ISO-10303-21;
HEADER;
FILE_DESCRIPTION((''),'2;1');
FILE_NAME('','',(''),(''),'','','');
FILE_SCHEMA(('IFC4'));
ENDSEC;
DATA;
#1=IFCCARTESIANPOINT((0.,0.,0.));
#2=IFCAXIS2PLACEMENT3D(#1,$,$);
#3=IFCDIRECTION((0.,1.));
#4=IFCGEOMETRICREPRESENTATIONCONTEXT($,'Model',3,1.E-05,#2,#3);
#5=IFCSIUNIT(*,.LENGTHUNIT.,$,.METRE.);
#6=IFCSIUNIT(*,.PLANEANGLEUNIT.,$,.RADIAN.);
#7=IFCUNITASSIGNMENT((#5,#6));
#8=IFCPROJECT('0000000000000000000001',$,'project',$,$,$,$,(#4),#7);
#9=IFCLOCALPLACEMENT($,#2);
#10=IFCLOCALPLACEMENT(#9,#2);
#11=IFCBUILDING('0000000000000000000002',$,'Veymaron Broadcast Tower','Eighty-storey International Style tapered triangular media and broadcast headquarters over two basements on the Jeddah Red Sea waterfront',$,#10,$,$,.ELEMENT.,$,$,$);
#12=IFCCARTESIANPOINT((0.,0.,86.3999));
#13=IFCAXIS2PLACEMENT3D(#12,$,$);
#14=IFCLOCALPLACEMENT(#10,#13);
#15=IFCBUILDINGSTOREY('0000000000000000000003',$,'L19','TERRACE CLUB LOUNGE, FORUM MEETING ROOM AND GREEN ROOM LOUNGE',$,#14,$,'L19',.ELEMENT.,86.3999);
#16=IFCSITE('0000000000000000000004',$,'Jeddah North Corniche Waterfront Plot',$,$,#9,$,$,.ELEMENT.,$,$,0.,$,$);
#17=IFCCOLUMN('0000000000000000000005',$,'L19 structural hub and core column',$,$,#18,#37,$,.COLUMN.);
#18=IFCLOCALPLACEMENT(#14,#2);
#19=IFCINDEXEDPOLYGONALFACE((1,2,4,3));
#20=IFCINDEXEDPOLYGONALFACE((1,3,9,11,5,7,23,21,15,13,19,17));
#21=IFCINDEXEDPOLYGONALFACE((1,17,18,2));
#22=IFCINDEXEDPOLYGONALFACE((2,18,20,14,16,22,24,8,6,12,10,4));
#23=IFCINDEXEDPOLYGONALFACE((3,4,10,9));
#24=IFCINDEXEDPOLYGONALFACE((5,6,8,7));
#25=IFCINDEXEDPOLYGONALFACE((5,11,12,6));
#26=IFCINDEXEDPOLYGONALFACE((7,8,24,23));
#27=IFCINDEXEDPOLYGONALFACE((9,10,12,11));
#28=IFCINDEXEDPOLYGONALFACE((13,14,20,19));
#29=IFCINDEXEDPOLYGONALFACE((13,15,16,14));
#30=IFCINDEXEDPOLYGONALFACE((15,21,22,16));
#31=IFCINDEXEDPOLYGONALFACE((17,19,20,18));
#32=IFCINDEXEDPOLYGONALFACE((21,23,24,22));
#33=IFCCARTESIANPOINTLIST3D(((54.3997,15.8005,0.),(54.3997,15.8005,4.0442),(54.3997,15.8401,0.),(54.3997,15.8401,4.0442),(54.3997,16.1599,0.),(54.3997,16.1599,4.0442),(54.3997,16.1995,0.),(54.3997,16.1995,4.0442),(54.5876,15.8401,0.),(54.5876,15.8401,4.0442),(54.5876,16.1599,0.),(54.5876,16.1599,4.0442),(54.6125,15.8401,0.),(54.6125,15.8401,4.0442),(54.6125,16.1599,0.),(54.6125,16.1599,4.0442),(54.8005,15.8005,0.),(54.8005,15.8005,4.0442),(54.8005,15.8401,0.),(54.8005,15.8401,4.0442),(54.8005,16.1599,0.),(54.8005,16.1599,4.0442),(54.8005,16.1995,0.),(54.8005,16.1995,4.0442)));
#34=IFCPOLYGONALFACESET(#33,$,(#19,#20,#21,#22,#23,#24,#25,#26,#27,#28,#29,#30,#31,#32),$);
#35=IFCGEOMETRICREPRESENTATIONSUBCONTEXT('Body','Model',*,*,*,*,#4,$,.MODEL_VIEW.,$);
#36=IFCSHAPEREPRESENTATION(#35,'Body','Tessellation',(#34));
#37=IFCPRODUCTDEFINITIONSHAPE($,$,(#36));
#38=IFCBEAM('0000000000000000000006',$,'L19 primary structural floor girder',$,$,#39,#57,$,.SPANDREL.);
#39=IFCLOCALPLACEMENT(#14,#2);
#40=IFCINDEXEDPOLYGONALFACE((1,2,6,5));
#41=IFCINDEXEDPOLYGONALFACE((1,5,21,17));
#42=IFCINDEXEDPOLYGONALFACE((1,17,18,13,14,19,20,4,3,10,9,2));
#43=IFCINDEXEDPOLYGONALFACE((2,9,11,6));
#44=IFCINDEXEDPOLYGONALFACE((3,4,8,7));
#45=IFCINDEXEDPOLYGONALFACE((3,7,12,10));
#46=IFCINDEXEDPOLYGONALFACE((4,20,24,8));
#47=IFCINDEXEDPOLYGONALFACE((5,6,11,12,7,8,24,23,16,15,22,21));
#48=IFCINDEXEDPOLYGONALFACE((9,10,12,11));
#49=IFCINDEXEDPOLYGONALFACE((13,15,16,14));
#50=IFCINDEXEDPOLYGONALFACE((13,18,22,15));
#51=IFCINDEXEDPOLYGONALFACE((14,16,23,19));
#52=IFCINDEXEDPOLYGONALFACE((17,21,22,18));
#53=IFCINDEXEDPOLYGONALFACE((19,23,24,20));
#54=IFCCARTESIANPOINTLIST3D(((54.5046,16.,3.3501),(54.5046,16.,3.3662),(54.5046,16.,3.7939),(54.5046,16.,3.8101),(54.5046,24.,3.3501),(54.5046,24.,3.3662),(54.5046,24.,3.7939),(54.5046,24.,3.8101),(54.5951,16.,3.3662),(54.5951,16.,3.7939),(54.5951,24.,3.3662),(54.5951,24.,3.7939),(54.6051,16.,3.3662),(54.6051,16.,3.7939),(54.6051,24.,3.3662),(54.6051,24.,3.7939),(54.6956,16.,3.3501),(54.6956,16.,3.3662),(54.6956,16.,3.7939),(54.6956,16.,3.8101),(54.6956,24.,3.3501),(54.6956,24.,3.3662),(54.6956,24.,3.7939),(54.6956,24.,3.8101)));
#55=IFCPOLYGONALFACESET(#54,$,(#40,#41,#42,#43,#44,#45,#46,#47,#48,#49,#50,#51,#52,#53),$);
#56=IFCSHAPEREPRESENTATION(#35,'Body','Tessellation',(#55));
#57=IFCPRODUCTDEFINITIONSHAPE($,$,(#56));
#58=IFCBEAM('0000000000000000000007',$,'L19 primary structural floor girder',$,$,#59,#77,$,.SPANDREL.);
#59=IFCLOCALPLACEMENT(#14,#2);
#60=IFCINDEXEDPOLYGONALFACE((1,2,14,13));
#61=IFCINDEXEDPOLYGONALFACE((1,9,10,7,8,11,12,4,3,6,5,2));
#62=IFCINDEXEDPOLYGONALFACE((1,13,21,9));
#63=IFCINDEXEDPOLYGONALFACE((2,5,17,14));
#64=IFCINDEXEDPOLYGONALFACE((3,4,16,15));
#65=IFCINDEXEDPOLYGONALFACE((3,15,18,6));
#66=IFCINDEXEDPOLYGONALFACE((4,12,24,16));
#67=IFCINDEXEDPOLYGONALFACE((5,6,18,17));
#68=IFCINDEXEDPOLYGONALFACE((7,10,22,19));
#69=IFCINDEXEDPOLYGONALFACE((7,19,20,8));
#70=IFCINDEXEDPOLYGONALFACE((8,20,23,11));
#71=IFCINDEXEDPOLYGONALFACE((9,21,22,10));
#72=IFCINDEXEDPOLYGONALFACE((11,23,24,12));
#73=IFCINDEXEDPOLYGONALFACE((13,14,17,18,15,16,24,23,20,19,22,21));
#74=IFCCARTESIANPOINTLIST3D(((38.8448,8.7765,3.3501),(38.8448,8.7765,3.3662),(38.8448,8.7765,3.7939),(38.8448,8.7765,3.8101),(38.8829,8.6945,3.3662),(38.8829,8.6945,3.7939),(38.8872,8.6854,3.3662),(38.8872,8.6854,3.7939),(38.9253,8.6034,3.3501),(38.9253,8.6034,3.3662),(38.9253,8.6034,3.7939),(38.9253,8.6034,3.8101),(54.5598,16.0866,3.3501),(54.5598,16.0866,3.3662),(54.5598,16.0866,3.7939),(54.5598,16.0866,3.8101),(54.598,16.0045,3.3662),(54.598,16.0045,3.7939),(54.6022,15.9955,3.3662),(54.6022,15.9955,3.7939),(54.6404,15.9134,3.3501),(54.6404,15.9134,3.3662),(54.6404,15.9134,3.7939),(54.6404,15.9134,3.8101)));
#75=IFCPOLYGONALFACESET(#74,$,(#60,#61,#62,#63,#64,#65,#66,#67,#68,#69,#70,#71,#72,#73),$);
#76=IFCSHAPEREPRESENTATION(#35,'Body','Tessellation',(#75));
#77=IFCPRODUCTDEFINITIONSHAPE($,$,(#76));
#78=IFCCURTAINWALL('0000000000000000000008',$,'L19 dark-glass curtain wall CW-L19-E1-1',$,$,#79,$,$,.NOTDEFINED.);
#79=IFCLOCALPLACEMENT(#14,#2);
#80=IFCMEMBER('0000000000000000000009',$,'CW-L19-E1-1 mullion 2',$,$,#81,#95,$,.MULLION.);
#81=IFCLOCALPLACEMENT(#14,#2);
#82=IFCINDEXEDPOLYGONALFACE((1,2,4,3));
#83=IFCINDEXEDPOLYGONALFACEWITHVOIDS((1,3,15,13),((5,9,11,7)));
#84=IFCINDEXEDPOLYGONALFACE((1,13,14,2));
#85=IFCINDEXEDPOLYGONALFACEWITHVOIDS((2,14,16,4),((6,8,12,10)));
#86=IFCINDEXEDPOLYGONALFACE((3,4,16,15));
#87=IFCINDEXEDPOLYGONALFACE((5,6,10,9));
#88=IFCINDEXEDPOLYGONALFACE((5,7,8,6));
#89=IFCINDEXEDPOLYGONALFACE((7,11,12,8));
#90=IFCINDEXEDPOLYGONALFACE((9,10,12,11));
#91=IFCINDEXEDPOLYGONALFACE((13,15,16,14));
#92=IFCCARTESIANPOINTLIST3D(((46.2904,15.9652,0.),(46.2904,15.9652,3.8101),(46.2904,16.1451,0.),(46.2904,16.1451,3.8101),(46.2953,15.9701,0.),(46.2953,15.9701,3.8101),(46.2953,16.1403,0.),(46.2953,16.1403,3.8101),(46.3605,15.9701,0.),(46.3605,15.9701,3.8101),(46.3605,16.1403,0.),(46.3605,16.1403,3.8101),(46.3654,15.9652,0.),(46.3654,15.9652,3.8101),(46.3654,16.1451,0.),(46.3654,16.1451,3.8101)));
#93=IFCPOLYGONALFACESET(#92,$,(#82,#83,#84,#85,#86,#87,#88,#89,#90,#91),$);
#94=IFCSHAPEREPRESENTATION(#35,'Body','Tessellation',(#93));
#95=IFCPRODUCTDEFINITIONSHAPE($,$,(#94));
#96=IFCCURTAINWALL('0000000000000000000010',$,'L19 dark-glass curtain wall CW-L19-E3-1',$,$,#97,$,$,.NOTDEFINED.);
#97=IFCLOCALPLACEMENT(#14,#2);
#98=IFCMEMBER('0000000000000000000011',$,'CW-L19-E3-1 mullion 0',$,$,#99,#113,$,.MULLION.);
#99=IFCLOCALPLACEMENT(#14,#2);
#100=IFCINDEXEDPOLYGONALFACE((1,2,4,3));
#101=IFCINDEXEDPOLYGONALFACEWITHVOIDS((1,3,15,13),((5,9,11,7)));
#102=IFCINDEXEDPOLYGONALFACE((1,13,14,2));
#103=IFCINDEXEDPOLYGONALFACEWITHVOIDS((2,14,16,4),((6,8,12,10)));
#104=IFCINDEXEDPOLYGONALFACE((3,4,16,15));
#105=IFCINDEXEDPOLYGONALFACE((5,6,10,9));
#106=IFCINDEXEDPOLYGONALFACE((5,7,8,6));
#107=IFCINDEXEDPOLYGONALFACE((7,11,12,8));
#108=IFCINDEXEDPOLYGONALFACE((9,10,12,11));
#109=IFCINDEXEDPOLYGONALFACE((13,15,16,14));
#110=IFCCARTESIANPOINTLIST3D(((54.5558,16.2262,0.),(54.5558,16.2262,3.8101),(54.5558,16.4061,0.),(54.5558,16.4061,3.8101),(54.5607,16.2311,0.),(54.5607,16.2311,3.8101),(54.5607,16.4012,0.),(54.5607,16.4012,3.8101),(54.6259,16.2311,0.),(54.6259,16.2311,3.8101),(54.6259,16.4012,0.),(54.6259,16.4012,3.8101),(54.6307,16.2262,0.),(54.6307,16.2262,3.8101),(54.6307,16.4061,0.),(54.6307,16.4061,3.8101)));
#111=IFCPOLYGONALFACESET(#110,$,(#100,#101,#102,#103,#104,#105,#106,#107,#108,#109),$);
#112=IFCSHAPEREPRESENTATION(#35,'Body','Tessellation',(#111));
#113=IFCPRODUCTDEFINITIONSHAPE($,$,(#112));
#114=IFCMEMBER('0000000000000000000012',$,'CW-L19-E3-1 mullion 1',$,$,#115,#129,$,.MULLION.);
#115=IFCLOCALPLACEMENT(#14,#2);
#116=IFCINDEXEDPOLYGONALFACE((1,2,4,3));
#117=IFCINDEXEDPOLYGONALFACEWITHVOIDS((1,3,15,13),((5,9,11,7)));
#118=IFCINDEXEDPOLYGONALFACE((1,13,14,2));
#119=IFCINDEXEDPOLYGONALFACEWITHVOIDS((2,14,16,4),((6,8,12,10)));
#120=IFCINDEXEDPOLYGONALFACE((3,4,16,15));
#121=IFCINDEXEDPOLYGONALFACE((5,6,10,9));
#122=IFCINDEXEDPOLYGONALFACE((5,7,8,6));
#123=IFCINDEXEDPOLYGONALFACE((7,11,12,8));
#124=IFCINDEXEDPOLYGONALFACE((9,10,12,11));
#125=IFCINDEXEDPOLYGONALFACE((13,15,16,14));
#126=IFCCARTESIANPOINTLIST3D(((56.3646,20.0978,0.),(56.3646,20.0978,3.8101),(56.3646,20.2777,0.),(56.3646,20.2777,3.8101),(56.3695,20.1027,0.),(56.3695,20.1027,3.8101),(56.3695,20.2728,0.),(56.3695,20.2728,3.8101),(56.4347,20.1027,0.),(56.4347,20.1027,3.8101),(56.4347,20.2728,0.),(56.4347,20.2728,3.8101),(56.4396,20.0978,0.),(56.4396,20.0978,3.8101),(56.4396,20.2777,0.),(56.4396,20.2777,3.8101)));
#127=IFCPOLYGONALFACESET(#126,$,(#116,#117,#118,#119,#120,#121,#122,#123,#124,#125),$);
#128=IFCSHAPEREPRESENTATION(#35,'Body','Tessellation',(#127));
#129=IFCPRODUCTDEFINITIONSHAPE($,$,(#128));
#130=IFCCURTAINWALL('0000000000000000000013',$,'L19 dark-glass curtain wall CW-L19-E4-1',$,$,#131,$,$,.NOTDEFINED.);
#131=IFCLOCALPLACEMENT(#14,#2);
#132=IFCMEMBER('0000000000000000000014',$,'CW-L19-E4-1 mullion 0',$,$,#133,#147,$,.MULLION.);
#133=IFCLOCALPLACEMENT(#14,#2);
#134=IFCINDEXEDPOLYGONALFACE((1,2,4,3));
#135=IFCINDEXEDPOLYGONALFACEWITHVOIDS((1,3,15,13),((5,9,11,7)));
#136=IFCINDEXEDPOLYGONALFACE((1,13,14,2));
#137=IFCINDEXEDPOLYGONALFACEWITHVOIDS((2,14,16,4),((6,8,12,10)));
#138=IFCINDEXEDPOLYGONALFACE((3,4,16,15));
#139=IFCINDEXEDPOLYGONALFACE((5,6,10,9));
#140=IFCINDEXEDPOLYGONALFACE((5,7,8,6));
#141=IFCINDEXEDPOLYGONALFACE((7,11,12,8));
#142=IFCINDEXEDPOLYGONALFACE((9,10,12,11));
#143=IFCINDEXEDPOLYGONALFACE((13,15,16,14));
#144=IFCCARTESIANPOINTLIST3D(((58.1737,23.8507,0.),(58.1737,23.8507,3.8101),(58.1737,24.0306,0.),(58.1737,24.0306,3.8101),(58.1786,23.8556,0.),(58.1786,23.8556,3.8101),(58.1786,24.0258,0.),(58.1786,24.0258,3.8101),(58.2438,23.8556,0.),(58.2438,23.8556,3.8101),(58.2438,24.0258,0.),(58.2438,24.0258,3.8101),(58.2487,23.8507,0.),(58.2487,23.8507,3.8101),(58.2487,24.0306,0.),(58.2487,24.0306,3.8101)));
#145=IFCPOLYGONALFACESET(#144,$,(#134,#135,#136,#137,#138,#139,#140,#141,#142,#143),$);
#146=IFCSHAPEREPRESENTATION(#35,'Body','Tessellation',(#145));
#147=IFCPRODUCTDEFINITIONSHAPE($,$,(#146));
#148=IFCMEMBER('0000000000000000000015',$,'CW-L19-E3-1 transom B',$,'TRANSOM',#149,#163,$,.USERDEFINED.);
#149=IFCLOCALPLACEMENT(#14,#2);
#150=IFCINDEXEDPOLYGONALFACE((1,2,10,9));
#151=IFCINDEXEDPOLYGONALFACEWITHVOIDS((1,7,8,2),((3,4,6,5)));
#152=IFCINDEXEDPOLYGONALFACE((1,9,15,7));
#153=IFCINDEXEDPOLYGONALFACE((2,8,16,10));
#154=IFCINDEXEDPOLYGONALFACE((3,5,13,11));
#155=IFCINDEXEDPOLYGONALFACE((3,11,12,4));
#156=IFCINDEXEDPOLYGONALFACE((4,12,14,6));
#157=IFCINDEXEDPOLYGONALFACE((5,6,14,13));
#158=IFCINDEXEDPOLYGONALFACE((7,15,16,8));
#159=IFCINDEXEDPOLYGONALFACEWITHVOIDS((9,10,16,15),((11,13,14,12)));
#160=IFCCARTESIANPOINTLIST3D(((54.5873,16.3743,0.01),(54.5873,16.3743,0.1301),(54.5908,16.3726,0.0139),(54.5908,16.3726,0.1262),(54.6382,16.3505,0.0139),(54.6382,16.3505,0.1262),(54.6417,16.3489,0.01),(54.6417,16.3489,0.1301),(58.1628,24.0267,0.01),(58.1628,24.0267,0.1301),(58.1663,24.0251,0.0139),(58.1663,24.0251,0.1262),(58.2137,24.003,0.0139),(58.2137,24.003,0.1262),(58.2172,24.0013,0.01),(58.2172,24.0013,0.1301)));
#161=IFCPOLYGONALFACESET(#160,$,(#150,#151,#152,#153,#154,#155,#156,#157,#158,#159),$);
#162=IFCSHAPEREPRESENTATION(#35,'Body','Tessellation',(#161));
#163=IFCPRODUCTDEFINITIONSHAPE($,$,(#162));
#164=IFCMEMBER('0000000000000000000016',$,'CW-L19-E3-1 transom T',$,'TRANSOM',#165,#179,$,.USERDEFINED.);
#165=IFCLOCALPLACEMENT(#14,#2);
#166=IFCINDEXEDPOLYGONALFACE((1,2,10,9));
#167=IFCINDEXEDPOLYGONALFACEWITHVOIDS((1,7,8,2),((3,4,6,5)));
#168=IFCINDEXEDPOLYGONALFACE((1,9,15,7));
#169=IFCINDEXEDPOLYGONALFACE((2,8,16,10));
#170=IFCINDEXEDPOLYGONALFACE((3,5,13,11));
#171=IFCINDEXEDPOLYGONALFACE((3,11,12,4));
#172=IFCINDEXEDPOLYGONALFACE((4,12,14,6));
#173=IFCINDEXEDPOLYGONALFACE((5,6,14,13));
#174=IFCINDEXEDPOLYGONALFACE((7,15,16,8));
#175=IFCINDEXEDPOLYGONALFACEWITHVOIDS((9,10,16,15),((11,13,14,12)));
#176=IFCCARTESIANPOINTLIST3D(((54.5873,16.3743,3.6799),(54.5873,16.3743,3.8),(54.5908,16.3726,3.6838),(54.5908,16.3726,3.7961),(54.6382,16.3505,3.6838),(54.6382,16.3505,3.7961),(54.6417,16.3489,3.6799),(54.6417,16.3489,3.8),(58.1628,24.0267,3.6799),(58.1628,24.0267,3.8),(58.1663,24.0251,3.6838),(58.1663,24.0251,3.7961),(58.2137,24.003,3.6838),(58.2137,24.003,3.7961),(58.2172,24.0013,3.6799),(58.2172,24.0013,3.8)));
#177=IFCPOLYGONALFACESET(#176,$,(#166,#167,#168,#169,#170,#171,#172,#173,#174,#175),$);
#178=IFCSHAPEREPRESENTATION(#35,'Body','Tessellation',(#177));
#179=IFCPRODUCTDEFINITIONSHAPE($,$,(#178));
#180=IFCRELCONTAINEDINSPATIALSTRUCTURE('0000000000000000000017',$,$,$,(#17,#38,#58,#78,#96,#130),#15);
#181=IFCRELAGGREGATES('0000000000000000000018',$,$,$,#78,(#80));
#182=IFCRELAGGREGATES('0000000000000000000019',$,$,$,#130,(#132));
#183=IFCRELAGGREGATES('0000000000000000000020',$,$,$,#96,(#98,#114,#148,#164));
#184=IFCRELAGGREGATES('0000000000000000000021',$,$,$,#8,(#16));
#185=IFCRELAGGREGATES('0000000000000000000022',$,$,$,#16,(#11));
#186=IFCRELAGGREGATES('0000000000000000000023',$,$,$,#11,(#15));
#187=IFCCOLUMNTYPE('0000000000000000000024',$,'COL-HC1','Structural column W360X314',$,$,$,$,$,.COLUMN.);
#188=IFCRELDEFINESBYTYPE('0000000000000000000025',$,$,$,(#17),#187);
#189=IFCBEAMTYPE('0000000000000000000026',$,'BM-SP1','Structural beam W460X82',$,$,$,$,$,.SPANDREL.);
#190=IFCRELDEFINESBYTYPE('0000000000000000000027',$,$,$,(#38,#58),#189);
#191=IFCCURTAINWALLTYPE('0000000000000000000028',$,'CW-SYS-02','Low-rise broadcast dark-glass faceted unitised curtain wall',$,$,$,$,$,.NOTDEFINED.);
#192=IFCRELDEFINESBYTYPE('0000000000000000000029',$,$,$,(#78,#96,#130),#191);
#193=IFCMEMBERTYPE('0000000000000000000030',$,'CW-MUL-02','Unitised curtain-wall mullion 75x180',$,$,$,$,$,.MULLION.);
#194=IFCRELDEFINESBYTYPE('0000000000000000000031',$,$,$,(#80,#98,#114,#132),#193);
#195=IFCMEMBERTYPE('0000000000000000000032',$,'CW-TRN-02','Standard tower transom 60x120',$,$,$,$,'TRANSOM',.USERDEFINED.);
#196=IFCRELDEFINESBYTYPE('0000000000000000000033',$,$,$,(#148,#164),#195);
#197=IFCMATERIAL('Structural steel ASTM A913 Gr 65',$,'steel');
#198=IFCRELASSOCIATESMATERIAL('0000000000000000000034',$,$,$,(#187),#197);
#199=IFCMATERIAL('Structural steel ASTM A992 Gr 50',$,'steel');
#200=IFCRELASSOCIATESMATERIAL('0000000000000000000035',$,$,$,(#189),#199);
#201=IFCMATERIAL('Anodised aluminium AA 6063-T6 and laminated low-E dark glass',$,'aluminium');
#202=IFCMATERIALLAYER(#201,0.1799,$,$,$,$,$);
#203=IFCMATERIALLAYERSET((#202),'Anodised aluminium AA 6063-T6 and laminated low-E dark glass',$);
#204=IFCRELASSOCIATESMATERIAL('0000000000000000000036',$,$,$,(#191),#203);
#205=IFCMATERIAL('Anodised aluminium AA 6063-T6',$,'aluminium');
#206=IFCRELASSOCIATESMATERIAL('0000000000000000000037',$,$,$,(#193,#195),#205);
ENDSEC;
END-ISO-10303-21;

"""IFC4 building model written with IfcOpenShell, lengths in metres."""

from ifc_helpers import new_model, si_unit, direction, frame, origin, origin_2d, place, context, subcontext, project, spatial, hollow_rectangle, i_section, extrude, material, layer, layer_set, material_profile, profile_set, type_object, element, aggregate, save


model = new_model("IFC4")

# Units and contexts
model_context = context("Model", 3, precision=1e-05, world=origin(), true_north=direction((0.0, 1.0)))
body_context = subcontext(model_context, "Body", "Model", "MODEL_VIEW")
ifc_project = project(units=[si_unit("LENGTHUNIT", "METRE"), si_unit("PLANEANGLEUNIT", "RADIAN")], contexts=[model_context])

# Site, building, storey
site_placement = place(None, origin())
site = spatial("IfcSite", under=ifc_project, at=site_placement, Name="Jeddah North Corniche Waterfront Plot", CompositionType="ELEMENT", RefElevation=0.0)
building_placement = place(site_placement, origin())
building = spatial("IfcBuilding", under=site, at=building_placement, Name="Veymaron Broadcast Tower", Description="Eighty-storey International Style tapered triangular media and broadcast headquarters over two basements on the Jeddah Red Sea waterfront", CompositionType="ELEMENT")
storey_placement = place(building_placement, frame((0.0, 0.0, 86.3999)))
storey = spatial("IfcBuildingStorey", under=building, at=storey_placement, Name="L19", Description="TERRACE CLUB LOUNGE, FORUM MEETING ROOM AND GREEN ROOM LOUNGE", LongName="L19", CompositionType="ELEMENT", Elevation=86.3999)

# Column
ifc_material_1 = material(Name="Structural steel ASTM A913 Gr 65", Category="steel")
ifc_material_profile_1 = material_profile(ifc_material_1, i_section(OverallWidth=0.4009, OverallDepth=0.3989, WebThickness=0.0249, FlangeThickness=0.0396, at=origin_2d()), Name="W360X314")
ifc_profile_set_1 = profile_set([ifc_material_profile_1], Name="Structural steel ASTM A913 Gr 65")
column_type = type_object("IfcColumnType", Name="COL-HC1", Description="Structural column W360X314", PredefinedType="COLUMN", material=ifc_profile_set_1)
column_placement = place(storey_placement, frame((54.6001, 16.0, 0.0), z_axis=(0.0, 0.0, 1.0), x_axis=(1.0, 0.0, 0.0)))
element("IfcColumn", 1, at=column_placement, inside=storey, type_object=column_type, Name="L19 structural hub and core column", PredefinedType="COLUMN", context=body_context, shape_type="SweptSolid", body=[
    extrude(i_section(OverallWidth=0.4009, OverallDepth=0.3989, WebThickness=0.0249, FlangeThickness=0.0396, at=origin_2d()), origin(), (0.0, 0.0, 1.0), 4.0442),
])

# Beams
ifc_material_2 = material(Name="Structural steel ASTM A992 Gr 50", Category="steel")
ifc_material_profile_2 = material_profile(ifc_material_2, i_section(OverallWidth=0.1909, OverallDepth=0.46, WebThickness=0.01, FlangeThickness=0.0161, at=origin_2d()), Name="W460X82")
ifc_profile_set_2 = profile_set([ifc_material_profile_2], Name="Structural steel ASTM A992 Gr 50")
beam_type = type_object("IfcBeamType", Name="BM-SP1", Description="Structural beam W460X82", PredefinedType="SPANDREL", material=ifc_profile_set_2)
beam_1_placement = place(storey_placement, frame((54.6001, 16.0, 3.5801), z_axis=(0.0, 1.0, 0.0), x_axis=(-1.0, 0.0, 0.0)))
element("IfcBeam", 2, at=beam_1_placement, inside=storey, type_object=beam_type, Name="L19 primary structural floor girder", PredefinedType="SPANDREL", context=body_context, shape_type="SweptSolid", body=[
    extrude(i_section(OverallWidth=0.1909, OverallDepth=0.46, WebThickness=0.01, FlangeThickness=0.0161, at=origin_2d()), origin(), (0.0, 0.0, 1.0), 8.0),
])
beam_2_placement = place(storey_placement, frame((54.6001, 16.0, 3.5801), z_axis=(-0.906705, -0.421765, 0.0), x_axis=(0.421765, -0.906705, 0.0)))
element("IfcBeam", 3, at=beam_2_placement, inside=storey, type_object=beam_type, Name="L19 primary structural floor girder", PredefinedType="SPANDREL", context=body_context, shape_type="SweptSolid", body=[
    extrude(i_section(OverallWidth=0.1909, OverallDepth=0.46, WebThickness=0.01, FlangeThickness=0.0161, at=origin_2d()), origin(), (0.0, 0.0, 1.0), 17.332),
])

# Curtain wall, member
ifc_material_3 = material(Name="Anodised aluminium AA 6063-T6 and laminated low-E dark glass", Category="aluminium")
ifc_layer_1 = layer(ifc_material_3, 0.1799)
ifc_layer_set_1 = layer_set([ifc_layer_1], Name="Anodised aluminium AA 6063-T6 and laminated low-E dark glass")
curtain_wall_type = type_object("IfcCurtainWallType", Name="CW-SYS-02", Description="Low-rise broadcast dark-glass faceted unitised curtain wall", PredefinedType="NOTDEFINED", material=ifc_layer_set_1)
curtain_wall_1_placement = place(storey_placement, origin())
curtain_wall_1 = element("IfcCurtainWall", 4, at=curtain_wall_1_placement, inside=storey, type_object=curtain_wall_type, Name="L19 dark-glass curtain wall CW-L19-E1-1", PredefinedType="NOTDEFINED")
ifc_material_4 = material(Name="Anodised aluminium AA 6063-T6", Category="aluminium")
ifc_material_profile_3 = material_profile(ifc_material_4, hollow_rectangle(XDim=0.075, YDim=0.1799, WallThickness=0.0049, at=origin_2d()), Name="AL180X75X5")
ifc_profile_set_3 = profile_set([ifc_material_profile_3], Name="Anodised aluminium AA 6063-T6")
member_type_1 = type_object("IfcMemberType", Name="CW-MUL-02", Description="Unitised curtain-wall mullion 75x180", PredefinedType="MULLION", material=ifc_profile_set_3)
member_1_placement = place(storey_placement, frame((46.3279, 16.0552, 0.0), z_axis=(0.0, 0.0, 1.0), x_axis=(1.0, 0.0, 0.0)))
member_1 = element("IfcMember", 5, at=member_1_placement, type_object=member_type_1, Name="CW-L19-E1-1 mullion 2", PredefinedType="MULLION", context=body_context, shape_type="SweptSolid", body=[
    extrude(hollow_rectangle(XDim=0.075, YDim=0.1799, WallThickness=0.0049, at=origin_2d()), origin(), (0.0, 0.0, 1.0), 3.8101),
])
aggregate(curtain_wall_1, [member_1])

# Curtain wall, members
curtain_wall_2_placement = place(storey_placement, origin())
curtain_wall_2 = element("IfcCurtainWall", 6, at=curtain_wall_2_placement, inside=storey, type_object=curtain_wall_type, Name="L19 dark-glass curtain wall CW-L19-E3-1", PredefinedType="NOTDEFINED")
member_2_placement = place(storey_placement, frame((54.5933, 16.3162, 0.0), z_axis=(0.0, 0.0, 1.0), x_axis=(1.0, 0.0, 0.0)))
member_2 = element("IfcMember", 7, at=member_2_placement, type_object=member_type_1, Name="CW-L19-E3-1 mullion 0", PredefinedType="MULLION", context=body_context, shape_type="SweptSolid", body=[
    extrude(hollow_rectangle(XDim=0.075, YDim=0.1799, WallThickness=0.0049, at=origin_2d()), origin(), (0.0, 0.0, 1.0), 3.8101),
])
member_3_placement = place(storey_placement, frame((56.4021, 20.1877, 0.0), z_axis=(0.0, 0.0, 1.0), x_axis=(1.0, 0.0, 0.0)))
member_3 = element("IfcMember", 8, at=member_3_placement, type_object=member_type_1, Name="CW-L19-E3-1 mullion 1", PredefinedType="MULLION", context=body_context, shape_type="SweptSolid", body=[
    extrude(hollow_rectangle(XDim=0.075, YDim=0.1799, WallThickness=0.0049, at=origin_2d()), origin(), (0.0, 0.0, 1.0), 3.8101),
])

# Curtain wall, member
curtain_wall_3_placement = place(storey_placement, origin())
curtain_wall_3 = element("IfcCurtainWall", 9, at=curtain_wall_3_placement, inside=storey, type_object=curtain_wall_type, Name="L19 dark-glass curtain wall CW-L19-E4-1", PredefinedType="NOTDEFINED")
member_4_placement = place(storey_placement, frame((58.2112, 23.9407, 0.0), z_axis=(0.0, 0.0, 1.0), x_axis=(1.0, 0.0, 0.0)))
member_4 = element("IfcMember", 10, at=member_4_placement, type_object=member_type_1, Name="CW-L19-E4-1 mullion 0", PredefinedType="MULLION", context=body_context, shape_type="SweptSolid", body=[
    extrude(hollow_rectangle(XDim=0.075, YDim=0.1799, WallThickness=0.0049, at=origin_2d()), origin(), (0.0, 0.0, 1.0), 3.8101),
])

# Members
ifc_material_profile_4 = material_profile(ifc_material_4, hollow_rectangle(XDim=0.0601, YDim=0.1201, WallThickness=0.0039, at=origin_2d()), Name="AL120X60X4")
ifc_profile_set_4 = profile_set([ifc_material_profile_4], Name="Anodised aluminium AA 6063-T6")
member_type_2 = type_object("IfcMemberType", Name="CW-TRN-02", Description="Standard tower transom 60x120", ElementType="TRANSOM", PredefinedType="USERDEFINED", material=ifc_profile_set_4)
member_5_placement = place(storey_placement, frame((54.6145, 16.3616, 0.0701), z_axis=(0.423308, 0.905986, 0.0), x_axis=(-0.905986, 0.423308, 0.0)))
member_5 = element("IfcMember", 11, at=member_5_placement, type_object=member_type_2, Name="CW-L19-E3-1 transom B", ObjectType="TRANSOM", PredefinedType="USERDEFINED", context=body_context, shape_type="SweptSolid", body=[
    extrude(hollow_rectangle(XDim=0.0601, YDim=0.1201, WallThickness=0.0039, at=origin_2d()), origin(), (0.0, 0.0, 1.0), 8.4465),
])
member_6_placement = place(storey_placement, frame((54.6145, 16.3616, 3.74), z_axis=(0.423308, 0.905986, 0.0), x_axis=(-0.905986, 0.423308, 0.0)))
member_6 = element("IfcMember", 12, at=member_6_placement, type_object=member_type_2, Name="CW-L19-E3-1 transom T", ObjectType="TRANSOM", PredefinedType="USERDEFINED", context=body_context, shape_type="SweptSolid", body=[
    extrude(hollow_rectangle(XDim=0.0601, YDim=0.1201, WallThickness=0.0039, at=origin_2d()), origin(), (0.0, 0.0, 1.0), 8.4465),
])
aggregate(curtain_wall_3, [member_4])

aggregate(curtain_wall_2, [member_2, member_3, member_5, member_6])

save(model, "model.ifc")
